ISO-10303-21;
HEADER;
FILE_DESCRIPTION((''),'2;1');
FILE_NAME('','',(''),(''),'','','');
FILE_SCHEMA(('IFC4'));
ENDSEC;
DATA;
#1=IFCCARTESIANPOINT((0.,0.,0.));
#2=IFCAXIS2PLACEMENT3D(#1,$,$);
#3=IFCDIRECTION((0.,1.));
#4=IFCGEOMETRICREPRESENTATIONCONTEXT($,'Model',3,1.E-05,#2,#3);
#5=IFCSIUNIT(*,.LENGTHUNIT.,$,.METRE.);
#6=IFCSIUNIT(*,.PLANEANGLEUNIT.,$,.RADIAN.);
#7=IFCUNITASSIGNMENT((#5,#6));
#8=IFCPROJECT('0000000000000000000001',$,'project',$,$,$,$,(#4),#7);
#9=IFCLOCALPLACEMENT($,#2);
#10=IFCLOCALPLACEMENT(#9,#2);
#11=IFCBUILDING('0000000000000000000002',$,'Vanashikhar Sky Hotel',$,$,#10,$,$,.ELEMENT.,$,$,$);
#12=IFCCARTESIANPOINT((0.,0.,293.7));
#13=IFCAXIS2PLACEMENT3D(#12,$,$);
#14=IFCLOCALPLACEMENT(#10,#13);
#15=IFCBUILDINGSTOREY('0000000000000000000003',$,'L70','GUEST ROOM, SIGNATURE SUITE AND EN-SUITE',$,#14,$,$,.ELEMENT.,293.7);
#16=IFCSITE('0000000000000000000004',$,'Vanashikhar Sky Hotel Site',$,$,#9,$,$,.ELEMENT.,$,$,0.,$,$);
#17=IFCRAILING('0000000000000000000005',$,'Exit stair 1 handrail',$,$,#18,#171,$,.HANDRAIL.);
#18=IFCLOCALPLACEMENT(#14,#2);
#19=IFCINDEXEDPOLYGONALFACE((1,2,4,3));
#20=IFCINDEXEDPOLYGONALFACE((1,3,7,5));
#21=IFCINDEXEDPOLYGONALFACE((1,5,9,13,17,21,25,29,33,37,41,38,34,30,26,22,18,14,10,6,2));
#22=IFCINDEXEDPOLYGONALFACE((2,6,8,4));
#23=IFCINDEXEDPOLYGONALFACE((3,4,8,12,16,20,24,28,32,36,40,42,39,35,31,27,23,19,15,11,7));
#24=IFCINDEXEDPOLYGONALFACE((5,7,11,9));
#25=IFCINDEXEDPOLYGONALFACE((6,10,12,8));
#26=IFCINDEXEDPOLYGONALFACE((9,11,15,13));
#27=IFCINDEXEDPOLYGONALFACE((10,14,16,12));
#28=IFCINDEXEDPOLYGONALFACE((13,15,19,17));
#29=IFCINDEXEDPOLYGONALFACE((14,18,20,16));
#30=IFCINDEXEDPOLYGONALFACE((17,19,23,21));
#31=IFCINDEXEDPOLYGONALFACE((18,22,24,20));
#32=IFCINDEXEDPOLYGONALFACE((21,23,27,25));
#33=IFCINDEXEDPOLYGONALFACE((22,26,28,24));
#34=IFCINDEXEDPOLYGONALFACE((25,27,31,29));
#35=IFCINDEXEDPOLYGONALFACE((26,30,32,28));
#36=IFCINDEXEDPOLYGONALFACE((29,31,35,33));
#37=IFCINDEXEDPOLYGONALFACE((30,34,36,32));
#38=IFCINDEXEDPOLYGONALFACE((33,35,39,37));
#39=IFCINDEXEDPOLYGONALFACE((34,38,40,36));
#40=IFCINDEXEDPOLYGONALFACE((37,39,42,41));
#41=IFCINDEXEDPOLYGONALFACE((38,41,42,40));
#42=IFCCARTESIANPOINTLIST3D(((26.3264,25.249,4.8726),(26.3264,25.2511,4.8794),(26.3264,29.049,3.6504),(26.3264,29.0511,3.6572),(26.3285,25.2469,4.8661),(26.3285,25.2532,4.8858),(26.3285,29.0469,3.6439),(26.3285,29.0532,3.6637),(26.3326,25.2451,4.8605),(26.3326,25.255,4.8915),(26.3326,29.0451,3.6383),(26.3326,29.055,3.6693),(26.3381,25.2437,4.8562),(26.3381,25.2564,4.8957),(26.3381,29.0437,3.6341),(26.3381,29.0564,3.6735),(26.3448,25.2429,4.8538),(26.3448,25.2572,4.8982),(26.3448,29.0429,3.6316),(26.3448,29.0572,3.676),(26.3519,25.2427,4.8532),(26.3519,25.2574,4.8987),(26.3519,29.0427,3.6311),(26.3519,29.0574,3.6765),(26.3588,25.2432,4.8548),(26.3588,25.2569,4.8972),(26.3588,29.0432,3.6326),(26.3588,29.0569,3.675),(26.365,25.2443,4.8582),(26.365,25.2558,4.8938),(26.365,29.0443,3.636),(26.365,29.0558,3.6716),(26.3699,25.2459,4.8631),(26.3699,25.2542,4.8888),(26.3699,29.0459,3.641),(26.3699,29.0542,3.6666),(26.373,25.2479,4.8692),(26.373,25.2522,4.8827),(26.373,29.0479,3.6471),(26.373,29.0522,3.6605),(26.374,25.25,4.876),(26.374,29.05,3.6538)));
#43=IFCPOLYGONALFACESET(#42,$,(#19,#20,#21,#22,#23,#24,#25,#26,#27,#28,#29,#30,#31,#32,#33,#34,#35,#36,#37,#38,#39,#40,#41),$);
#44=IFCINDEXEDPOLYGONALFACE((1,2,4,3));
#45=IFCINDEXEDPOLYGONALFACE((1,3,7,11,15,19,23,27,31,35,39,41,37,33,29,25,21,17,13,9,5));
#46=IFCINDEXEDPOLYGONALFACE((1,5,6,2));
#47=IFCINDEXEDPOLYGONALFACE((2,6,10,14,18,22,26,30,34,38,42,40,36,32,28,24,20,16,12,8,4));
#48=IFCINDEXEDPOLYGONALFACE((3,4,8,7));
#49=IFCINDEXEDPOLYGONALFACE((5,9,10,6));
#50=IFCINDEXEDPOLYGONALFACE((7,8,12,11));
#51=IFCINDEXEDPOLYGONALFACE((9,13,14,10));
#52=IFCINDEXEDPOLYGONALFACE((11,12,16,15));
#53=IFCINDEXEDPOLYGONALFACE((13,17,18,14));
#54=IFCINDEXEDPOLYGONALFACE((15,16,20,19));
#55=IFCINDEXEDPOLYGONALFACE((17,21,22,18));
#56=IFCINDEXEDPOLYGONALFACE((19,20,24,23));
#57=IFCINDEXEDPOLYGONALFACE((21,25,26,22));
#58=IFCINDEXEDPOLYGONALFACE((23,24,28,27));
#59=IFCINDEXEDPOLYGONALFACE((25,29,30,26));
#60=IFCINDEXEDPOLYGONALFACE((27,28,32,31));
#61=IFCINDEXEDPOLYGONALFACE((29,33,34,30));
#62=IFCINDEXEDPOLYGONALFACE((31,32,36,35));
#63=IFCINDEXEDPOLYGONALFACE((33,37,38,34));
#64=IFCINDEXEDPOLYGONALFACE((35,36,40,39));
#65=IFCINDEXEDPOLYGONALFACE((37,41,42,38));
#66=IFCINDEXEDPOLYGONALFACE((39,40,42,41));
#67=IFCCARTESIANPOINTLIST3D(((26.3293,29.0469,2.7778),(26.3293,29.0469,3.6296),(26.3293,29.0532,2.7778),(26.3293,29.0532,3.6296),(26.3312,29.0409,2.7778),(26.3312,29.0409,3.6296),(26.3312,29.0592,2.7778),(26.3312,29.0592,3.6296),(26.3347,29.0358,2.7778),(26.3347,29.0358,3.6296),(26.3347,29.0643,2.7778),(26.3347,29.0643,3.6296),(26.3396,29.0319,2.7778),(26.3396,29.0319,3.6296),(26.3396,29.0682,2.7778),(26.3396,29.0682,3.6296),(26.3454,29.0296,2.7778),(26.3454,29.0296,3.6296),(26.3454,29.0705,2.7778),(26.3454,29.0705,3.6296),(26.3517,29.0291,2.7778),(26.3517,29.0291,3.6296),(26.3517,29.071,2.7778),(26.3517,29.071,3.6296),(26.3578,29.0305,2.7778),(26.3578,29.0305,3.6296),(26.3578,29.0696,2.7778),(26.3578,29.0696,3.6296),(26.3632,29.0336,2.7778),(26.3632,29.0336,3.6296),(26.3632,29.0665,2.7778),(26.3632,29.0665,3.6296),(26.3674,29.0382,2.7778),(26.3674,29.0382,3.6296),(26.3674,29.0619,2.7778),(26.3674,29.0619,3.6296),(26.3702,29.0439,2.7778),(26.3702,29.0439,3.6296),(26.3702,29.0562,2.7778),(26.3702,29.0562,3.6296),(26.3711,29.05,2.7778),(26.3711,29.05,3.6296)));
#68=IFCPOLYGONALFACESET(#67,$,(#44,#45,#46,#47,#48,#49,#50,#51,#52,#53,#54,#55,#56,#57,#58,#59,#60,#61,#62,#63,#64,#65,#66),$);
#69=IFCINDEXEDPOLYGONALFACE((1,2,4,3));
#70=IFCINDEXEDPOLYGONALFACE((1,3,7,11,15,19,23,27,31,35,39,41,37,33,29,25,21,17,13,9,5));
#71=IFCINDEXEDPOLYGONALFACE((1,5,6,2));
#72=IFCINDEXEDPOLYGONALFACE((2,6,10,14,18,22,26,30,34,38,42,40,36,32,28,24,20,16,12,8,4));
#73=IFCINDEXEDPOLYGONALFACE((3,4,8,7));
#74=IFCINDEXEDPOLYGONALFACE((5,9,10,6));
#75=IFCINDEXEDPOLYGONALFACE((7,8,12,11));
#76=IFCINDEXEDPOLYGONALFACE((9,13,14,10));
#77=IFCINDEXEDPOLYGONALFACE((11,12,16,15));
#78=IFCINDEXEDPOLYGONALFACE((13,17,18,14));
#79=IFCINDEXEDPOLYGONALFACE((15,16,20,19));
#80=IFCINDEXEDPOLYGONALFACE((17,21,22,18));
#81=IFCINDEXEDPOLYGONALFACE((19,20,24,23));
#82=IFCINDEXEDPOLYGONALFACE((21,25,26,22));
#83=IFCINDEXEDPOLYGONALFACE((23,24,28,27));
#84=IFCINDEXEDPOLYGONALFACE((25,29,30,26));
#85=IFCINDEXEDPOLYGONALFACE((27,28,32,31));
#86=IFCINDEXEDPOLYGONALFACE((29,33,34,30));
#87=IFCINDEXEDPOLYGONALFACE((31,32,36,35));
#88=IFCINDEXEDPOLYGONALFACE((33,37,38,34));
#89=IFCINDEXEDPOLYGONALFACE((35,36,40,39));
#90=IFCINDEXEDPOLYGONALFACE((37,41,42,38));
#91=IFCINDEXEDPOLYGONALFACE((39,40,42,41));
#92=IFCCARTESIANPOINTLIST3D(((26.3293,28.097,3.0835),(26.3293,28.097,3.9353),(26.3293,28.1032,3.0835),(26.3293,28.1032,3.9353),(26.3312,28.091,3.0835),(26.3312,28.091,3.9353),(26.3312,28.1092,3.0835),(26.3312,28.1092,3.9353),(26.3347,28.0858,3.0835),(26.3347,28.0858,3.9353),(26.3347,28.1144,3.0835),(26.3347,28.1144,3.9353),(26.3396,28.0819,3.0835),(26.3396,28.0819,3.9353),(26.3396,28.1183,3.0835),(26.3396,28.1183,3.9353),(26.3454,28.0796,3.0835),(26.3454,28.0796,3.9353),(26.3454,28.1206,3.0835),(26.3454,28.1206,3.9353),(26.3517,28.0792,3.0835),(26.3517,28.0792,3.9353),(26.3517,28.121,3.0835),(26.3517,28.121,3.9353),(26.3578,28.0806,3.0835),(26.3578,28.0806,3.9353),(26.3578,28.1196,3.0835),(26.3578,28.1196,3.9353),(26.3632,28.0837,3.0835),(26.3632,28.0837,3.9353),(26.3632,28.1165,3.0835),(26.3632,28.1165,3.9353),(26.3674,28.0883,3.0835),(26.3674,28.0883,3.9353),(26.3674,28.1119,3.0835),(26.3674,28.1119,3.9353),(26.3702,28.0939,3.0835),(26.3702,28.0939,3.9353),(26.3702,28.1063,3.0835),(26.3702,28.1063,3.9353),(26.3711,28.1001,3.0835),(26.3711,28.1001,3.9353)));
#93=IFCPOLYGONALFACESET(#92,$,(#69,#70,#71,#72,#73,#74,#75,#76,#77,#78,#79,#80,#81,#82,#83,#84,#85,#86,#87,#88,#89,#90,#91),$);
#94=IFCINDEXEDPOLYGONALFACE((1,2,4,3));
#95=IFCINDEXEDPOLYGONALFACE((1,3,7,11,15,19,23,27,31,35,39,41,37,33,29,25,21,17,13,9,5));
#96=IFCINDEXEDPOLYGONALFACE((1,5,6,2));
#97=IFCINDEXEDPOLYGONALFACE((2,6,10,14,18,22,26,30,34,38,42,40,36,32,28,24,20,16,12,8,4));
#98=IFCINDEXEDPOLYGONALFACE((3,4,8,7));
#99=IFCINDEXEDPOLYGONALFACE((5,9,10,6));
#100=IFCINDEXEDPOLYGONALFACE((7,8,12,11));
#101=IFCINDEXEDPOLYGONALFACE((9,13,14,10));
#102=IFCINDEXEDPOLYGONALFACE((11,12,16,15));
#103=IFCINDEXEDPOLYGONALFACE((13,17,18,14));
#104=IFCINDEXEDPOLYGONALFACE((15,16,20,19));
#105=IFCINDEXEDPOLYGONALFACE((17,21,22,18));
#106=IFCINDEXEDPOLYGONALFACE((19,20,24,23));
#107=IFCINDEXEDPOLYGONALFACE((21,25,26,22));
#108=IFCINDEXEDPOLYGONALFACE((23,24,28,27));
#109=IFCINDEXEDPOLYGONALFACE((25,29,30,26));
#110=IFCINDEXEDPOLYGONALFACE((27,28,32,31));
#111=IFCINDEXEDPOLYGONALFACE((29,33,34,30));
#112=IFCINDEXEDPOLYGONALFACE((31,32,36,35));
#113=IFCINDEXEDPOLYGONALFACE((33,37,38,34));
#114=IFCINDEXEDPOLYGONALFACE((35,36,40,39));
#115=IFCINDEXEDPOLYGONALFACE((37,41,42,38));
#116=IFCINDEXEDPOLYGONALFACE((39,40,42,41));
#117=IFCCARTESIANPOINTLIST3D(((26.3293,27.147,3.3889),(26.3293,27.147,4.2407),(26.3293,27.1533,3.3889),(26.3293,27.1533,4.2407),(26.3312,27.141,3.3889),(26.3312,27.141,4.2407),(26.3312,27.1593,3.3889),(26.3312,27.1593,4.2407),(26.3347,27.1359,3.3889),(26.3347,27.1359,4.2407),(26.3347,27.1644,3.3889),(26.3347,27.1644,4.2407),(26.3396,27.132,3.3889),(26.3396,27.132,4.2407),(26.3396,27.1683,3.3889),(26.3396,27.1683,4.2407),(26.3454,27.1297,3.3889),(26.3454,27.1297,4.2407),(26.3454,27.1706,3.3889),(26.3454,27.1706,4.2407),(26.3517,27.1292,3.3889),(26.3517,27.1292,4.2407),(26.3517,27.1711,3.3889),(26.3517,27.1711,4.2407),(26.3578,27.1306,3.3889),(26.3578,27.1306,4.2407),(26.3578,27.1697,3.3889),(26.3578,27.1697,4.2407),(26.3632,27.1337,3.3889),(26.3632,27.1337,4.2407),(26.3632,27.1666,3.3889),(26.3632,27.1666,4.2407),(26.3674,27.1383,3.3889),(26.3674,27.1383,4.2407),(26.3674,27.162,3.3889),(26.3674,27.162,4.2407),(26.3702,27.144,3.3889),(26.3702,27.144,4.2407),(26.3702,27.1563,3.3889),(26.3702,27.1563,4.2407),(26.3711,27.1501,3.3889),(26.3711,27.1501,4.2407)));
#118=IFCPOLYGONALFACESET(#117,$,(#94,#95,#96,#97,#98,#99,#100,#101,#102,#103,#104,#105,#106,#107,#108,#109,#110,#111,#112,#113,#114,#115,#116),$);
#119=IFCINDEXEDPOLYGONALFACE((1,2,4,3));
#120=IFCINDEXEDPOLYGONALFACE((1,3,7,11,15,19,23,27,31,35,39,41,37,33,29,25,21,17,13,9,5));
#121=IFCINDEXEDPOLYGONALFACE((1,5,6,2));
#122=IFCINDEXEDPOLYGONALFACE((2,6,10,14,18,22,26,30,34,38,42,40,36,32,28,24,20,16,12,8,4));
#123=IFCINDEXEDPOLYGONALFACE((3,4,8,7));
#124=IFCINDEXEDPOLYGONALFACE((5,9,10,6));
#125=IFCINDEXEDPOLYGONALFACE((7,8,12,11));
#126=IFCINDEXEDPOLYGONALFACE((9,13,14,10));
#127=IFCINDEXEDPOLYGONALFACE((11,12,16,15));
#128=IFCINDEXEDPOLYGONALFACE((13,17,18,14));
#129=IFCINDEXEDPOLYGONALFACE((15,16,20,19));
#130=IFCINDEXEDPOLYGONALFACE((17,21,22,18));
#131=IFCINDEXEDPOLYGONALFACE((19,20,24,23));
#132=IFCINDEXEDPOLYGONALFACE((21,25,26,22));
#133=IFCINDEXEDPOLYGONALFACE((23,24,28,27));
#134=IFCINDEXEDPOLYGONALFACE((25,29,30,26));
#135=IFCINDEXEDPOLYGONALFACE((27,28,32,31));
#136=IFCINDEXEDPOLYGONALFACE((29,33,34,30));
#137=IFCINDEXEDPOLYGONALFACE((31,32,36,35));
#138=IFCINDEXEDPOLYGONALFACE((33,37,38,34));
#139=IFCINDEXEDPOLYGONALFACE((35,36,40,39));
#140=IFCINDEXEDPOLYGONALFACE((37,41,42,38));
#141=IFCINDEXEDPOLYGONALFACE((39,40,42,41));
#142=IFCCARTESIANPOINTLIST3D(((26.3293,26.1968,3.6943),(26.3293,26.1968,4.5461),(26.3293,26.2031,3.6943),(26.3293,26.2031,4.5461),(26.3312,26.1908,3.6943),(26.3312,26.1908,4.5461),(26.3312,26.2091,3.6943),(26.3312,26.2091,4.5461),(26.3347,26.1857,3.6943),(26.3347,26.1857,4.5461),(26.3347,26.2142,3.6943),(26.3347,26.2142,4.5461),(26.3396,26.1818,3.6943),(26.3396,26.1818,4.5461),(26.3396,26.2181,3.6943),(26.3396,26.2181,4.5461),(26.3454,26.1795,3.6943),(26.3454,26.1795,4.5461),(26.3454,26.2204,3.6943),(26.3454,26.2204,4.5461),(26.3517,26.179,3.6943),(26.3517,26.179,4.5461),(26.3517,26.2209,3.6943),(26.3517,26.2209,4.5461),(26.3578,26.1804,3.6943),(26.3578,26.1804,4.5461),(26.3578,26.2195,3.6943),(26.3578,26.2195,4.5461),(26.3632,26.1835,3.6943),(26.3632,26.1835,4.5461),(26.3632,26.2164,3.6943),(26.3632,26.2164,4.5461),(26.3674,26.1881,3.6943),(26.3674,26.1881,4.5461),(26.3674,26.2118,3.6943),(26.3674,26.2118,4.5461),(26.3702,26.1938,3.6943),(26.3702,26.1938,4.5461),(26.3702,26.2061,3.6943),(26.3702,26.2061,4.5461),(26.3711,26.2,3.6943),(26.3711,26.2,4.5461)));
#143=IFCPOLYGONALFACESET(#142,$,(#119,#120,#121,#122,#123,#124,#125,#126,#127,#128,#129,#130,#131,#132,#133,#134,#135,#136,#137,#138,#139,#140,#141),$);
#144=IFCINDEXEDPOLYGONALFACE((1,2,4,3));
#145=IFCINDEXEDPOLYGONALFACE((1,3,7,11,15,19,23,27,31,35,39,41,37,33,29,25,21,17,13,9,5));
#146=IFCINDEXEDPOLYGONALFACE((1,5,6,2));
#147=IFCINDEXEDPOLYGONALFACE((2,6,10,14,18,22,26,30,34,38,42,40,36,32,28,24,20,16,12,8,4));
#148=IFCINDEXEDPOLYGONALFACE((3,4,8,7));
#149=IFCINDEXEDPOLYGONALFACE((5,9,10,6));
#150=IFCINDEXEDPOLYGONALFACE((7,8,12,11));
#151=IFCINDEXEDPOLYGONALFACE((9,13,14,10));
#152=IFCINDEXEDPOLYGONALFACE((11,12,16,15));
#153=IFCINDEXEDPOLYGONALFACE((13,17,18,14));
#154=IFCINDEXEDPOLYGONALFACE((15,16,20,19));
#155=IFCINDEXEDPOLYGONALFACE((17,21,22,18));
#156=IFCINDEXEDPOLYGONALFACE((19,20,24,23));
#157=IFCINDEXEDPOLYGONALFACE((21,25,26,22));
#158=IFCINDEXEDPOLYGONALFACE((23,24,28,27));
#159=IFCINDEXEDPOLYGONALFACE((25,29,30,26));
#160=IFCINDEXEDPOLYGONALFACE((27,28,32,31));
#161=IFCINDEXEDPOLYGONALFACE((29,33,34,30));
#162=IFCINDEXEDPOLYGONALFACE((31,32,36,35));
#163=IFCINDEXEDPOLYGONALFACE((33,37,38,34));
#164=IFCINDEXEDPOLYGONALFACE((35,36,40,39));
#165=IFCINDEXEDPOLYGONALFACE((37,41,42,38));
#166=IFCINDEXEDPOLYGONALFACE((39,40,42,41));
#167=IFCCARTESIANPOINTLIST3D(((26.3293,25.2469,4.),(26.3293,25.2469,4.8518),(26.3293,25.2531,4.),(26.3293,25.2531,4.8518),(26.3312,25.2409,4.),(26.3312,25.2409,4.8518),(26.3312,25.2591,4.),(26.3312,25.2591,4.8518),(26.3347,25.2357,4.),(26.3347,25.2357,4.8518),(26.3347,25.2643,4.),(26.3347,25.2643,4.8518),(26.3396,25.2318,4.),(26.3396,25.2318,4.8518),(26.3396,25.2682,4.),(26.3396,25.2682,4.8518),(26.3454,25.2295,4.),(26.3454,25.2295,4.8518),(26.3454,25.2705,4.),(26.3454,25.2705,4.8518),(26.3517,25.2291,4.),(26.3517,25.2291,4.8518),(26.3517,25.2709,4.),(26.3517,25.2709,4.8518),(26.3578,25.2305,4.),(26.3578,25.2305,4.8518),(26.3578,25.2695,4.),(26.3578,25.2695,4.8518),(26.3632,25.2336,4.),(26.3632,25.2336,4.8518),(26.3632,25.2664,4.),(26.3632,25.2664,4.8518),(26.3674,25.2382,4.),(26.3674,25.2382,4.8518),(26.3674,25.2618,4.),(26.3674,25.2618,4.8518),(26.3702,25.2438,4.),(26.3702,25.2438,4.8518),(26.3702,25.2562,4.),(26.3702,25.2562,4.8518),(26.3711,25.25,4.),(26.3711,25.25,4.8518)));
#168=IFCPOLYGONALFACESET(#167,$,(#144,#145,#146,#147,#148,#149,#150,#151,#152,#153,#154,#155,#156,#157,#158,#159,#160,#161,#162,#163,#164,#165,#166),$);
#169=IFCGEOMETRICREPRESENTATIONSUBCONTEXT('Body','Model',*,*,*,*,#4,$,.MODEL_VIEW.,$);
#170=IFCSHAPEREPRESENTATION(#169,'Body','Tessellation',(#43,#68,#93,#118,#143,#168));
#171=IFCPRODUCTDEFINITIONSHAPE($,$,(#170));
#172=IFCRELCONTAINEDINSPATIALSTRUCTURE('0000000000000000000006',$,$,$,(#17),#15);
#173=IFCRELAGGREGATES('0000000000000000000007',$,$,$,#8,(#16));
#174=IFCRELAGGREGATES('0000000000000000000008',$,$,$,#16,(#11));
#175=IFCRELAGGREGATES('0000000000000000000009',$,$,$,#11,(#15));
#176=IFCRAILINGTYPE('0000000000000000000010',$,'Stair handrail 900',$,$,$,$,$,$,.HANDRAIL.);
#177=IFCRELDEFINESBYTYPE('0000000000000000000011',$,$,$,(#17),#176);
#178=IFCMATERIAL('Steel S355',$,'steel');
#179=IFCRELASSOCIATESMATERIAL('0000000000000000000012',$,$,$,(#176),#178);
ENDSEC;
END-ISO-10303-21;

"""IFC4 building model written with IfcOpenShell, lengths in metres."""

from ifc_helpers import new_model, si_unit, direction, frame, origin, origin_2d, place, context, subcontext, project, spatial, circle, extrude, source, transform, mapped, material, type_object, element, save


model = new_model("IFC4")

# Units and contexts
model_context = context("Model", 3, precision=1e-05, world=origin(), true_north=direction((0.0, 1.0)))
body_context = subcontext(model_context, "Body", "Model", "MODEL_VIEW")
ifc_project = project(units=[si_unit("LENGTHUNIT", "METRE"), si_unit("PLANEANGLEUNIT", "RADIAN")], contexts=[model_context])

# Site, building, storey
site_placement = place(None, origin())
site = spatial("IfcSite", under=ifc_project, at=site_placement, Name="Vanashikhar Sky Hotel Site", CompositionType="ELEMENT", RefElevation=0.0)
building_placement = place(site_placement, origin())
building = spatial("IfcBuilding", under=site, at=building_placement, Name="Vanashikhar Sky Hotel", CompositionType="ELEMENT")
storey_placement = place(building_placement, frame((0.0, 0.0, 293.7)))
storey = spatial("IfcBuildingStorey", under=building, at=storey_placement, Name="L70", Description="GUEST ROOM, SIGNATURE SUITE AND EN-SUITE", CompositionType="ELEMENT", Elevation=293.7)

# Railing
ifc_material_1 = material(Name="Steel S355", Category="steel")
railing_type = type_object("IfcRailingType", Name="Stair handrail 900", PredefinedType="HANDRAIL", material=ifc_material_1)
shared_shape_1 = source(origin(), body_context, "Body", "SweptSolid", [
    extrude(circle(Radius=0.0239, at=origin_2d()), frame((0.0, 0.0, 0.876), z_axis=(0.0, -0.951976, 0.306173), x_axis=(1.0, 0.0, 0.0)), (0.0, 0.0, 1.0), 3.9917),
    extrude(circle(Radius=0.021, at=origin_2d()), origin(), (0.0, 0.0, 1.0), 0.8518),
    extrude(circle(Radius=0.021, at=origin_2d()), frame((0.0, -0.95, 0.3057)), (0.0, 0.0, 1.0), 0.8518),
    extrude(circle(Radius=0.021, at=origin_2d()), frame((0.0, -1.8999, 0.6111)), (0.0, 0.0, 1.0), 0.8518),
    extrude(circle(Radius=0.021, at=origin_2d()), frame((0.0, -2.8501, 0.9165)), (0.0, 0.0, 1.0), 0.8518),
    extrude(circle(Radius=0.021, at=origin_2d()), frame((0.0, -3.8, 1.2222)), (0.0, 0.0, 1.0), 0.8518),
])
railing_1_placement = place(storey_placement, frame((26.3501, 29.05, 2.7778)))
element("IfcRailing", 1, at=railing_1_placement, inside=storey, type_object=railing_type, Name="Exit stair 1 handrail", PredefinedType="HANDRAIL", context=body_context, shape_type="MappedRepresentation", body=[
    mapped(shared_shape_1, transform((0.0, 0.0, 0.0), scale=1.0)),
])

save(model, "model.ifc")
